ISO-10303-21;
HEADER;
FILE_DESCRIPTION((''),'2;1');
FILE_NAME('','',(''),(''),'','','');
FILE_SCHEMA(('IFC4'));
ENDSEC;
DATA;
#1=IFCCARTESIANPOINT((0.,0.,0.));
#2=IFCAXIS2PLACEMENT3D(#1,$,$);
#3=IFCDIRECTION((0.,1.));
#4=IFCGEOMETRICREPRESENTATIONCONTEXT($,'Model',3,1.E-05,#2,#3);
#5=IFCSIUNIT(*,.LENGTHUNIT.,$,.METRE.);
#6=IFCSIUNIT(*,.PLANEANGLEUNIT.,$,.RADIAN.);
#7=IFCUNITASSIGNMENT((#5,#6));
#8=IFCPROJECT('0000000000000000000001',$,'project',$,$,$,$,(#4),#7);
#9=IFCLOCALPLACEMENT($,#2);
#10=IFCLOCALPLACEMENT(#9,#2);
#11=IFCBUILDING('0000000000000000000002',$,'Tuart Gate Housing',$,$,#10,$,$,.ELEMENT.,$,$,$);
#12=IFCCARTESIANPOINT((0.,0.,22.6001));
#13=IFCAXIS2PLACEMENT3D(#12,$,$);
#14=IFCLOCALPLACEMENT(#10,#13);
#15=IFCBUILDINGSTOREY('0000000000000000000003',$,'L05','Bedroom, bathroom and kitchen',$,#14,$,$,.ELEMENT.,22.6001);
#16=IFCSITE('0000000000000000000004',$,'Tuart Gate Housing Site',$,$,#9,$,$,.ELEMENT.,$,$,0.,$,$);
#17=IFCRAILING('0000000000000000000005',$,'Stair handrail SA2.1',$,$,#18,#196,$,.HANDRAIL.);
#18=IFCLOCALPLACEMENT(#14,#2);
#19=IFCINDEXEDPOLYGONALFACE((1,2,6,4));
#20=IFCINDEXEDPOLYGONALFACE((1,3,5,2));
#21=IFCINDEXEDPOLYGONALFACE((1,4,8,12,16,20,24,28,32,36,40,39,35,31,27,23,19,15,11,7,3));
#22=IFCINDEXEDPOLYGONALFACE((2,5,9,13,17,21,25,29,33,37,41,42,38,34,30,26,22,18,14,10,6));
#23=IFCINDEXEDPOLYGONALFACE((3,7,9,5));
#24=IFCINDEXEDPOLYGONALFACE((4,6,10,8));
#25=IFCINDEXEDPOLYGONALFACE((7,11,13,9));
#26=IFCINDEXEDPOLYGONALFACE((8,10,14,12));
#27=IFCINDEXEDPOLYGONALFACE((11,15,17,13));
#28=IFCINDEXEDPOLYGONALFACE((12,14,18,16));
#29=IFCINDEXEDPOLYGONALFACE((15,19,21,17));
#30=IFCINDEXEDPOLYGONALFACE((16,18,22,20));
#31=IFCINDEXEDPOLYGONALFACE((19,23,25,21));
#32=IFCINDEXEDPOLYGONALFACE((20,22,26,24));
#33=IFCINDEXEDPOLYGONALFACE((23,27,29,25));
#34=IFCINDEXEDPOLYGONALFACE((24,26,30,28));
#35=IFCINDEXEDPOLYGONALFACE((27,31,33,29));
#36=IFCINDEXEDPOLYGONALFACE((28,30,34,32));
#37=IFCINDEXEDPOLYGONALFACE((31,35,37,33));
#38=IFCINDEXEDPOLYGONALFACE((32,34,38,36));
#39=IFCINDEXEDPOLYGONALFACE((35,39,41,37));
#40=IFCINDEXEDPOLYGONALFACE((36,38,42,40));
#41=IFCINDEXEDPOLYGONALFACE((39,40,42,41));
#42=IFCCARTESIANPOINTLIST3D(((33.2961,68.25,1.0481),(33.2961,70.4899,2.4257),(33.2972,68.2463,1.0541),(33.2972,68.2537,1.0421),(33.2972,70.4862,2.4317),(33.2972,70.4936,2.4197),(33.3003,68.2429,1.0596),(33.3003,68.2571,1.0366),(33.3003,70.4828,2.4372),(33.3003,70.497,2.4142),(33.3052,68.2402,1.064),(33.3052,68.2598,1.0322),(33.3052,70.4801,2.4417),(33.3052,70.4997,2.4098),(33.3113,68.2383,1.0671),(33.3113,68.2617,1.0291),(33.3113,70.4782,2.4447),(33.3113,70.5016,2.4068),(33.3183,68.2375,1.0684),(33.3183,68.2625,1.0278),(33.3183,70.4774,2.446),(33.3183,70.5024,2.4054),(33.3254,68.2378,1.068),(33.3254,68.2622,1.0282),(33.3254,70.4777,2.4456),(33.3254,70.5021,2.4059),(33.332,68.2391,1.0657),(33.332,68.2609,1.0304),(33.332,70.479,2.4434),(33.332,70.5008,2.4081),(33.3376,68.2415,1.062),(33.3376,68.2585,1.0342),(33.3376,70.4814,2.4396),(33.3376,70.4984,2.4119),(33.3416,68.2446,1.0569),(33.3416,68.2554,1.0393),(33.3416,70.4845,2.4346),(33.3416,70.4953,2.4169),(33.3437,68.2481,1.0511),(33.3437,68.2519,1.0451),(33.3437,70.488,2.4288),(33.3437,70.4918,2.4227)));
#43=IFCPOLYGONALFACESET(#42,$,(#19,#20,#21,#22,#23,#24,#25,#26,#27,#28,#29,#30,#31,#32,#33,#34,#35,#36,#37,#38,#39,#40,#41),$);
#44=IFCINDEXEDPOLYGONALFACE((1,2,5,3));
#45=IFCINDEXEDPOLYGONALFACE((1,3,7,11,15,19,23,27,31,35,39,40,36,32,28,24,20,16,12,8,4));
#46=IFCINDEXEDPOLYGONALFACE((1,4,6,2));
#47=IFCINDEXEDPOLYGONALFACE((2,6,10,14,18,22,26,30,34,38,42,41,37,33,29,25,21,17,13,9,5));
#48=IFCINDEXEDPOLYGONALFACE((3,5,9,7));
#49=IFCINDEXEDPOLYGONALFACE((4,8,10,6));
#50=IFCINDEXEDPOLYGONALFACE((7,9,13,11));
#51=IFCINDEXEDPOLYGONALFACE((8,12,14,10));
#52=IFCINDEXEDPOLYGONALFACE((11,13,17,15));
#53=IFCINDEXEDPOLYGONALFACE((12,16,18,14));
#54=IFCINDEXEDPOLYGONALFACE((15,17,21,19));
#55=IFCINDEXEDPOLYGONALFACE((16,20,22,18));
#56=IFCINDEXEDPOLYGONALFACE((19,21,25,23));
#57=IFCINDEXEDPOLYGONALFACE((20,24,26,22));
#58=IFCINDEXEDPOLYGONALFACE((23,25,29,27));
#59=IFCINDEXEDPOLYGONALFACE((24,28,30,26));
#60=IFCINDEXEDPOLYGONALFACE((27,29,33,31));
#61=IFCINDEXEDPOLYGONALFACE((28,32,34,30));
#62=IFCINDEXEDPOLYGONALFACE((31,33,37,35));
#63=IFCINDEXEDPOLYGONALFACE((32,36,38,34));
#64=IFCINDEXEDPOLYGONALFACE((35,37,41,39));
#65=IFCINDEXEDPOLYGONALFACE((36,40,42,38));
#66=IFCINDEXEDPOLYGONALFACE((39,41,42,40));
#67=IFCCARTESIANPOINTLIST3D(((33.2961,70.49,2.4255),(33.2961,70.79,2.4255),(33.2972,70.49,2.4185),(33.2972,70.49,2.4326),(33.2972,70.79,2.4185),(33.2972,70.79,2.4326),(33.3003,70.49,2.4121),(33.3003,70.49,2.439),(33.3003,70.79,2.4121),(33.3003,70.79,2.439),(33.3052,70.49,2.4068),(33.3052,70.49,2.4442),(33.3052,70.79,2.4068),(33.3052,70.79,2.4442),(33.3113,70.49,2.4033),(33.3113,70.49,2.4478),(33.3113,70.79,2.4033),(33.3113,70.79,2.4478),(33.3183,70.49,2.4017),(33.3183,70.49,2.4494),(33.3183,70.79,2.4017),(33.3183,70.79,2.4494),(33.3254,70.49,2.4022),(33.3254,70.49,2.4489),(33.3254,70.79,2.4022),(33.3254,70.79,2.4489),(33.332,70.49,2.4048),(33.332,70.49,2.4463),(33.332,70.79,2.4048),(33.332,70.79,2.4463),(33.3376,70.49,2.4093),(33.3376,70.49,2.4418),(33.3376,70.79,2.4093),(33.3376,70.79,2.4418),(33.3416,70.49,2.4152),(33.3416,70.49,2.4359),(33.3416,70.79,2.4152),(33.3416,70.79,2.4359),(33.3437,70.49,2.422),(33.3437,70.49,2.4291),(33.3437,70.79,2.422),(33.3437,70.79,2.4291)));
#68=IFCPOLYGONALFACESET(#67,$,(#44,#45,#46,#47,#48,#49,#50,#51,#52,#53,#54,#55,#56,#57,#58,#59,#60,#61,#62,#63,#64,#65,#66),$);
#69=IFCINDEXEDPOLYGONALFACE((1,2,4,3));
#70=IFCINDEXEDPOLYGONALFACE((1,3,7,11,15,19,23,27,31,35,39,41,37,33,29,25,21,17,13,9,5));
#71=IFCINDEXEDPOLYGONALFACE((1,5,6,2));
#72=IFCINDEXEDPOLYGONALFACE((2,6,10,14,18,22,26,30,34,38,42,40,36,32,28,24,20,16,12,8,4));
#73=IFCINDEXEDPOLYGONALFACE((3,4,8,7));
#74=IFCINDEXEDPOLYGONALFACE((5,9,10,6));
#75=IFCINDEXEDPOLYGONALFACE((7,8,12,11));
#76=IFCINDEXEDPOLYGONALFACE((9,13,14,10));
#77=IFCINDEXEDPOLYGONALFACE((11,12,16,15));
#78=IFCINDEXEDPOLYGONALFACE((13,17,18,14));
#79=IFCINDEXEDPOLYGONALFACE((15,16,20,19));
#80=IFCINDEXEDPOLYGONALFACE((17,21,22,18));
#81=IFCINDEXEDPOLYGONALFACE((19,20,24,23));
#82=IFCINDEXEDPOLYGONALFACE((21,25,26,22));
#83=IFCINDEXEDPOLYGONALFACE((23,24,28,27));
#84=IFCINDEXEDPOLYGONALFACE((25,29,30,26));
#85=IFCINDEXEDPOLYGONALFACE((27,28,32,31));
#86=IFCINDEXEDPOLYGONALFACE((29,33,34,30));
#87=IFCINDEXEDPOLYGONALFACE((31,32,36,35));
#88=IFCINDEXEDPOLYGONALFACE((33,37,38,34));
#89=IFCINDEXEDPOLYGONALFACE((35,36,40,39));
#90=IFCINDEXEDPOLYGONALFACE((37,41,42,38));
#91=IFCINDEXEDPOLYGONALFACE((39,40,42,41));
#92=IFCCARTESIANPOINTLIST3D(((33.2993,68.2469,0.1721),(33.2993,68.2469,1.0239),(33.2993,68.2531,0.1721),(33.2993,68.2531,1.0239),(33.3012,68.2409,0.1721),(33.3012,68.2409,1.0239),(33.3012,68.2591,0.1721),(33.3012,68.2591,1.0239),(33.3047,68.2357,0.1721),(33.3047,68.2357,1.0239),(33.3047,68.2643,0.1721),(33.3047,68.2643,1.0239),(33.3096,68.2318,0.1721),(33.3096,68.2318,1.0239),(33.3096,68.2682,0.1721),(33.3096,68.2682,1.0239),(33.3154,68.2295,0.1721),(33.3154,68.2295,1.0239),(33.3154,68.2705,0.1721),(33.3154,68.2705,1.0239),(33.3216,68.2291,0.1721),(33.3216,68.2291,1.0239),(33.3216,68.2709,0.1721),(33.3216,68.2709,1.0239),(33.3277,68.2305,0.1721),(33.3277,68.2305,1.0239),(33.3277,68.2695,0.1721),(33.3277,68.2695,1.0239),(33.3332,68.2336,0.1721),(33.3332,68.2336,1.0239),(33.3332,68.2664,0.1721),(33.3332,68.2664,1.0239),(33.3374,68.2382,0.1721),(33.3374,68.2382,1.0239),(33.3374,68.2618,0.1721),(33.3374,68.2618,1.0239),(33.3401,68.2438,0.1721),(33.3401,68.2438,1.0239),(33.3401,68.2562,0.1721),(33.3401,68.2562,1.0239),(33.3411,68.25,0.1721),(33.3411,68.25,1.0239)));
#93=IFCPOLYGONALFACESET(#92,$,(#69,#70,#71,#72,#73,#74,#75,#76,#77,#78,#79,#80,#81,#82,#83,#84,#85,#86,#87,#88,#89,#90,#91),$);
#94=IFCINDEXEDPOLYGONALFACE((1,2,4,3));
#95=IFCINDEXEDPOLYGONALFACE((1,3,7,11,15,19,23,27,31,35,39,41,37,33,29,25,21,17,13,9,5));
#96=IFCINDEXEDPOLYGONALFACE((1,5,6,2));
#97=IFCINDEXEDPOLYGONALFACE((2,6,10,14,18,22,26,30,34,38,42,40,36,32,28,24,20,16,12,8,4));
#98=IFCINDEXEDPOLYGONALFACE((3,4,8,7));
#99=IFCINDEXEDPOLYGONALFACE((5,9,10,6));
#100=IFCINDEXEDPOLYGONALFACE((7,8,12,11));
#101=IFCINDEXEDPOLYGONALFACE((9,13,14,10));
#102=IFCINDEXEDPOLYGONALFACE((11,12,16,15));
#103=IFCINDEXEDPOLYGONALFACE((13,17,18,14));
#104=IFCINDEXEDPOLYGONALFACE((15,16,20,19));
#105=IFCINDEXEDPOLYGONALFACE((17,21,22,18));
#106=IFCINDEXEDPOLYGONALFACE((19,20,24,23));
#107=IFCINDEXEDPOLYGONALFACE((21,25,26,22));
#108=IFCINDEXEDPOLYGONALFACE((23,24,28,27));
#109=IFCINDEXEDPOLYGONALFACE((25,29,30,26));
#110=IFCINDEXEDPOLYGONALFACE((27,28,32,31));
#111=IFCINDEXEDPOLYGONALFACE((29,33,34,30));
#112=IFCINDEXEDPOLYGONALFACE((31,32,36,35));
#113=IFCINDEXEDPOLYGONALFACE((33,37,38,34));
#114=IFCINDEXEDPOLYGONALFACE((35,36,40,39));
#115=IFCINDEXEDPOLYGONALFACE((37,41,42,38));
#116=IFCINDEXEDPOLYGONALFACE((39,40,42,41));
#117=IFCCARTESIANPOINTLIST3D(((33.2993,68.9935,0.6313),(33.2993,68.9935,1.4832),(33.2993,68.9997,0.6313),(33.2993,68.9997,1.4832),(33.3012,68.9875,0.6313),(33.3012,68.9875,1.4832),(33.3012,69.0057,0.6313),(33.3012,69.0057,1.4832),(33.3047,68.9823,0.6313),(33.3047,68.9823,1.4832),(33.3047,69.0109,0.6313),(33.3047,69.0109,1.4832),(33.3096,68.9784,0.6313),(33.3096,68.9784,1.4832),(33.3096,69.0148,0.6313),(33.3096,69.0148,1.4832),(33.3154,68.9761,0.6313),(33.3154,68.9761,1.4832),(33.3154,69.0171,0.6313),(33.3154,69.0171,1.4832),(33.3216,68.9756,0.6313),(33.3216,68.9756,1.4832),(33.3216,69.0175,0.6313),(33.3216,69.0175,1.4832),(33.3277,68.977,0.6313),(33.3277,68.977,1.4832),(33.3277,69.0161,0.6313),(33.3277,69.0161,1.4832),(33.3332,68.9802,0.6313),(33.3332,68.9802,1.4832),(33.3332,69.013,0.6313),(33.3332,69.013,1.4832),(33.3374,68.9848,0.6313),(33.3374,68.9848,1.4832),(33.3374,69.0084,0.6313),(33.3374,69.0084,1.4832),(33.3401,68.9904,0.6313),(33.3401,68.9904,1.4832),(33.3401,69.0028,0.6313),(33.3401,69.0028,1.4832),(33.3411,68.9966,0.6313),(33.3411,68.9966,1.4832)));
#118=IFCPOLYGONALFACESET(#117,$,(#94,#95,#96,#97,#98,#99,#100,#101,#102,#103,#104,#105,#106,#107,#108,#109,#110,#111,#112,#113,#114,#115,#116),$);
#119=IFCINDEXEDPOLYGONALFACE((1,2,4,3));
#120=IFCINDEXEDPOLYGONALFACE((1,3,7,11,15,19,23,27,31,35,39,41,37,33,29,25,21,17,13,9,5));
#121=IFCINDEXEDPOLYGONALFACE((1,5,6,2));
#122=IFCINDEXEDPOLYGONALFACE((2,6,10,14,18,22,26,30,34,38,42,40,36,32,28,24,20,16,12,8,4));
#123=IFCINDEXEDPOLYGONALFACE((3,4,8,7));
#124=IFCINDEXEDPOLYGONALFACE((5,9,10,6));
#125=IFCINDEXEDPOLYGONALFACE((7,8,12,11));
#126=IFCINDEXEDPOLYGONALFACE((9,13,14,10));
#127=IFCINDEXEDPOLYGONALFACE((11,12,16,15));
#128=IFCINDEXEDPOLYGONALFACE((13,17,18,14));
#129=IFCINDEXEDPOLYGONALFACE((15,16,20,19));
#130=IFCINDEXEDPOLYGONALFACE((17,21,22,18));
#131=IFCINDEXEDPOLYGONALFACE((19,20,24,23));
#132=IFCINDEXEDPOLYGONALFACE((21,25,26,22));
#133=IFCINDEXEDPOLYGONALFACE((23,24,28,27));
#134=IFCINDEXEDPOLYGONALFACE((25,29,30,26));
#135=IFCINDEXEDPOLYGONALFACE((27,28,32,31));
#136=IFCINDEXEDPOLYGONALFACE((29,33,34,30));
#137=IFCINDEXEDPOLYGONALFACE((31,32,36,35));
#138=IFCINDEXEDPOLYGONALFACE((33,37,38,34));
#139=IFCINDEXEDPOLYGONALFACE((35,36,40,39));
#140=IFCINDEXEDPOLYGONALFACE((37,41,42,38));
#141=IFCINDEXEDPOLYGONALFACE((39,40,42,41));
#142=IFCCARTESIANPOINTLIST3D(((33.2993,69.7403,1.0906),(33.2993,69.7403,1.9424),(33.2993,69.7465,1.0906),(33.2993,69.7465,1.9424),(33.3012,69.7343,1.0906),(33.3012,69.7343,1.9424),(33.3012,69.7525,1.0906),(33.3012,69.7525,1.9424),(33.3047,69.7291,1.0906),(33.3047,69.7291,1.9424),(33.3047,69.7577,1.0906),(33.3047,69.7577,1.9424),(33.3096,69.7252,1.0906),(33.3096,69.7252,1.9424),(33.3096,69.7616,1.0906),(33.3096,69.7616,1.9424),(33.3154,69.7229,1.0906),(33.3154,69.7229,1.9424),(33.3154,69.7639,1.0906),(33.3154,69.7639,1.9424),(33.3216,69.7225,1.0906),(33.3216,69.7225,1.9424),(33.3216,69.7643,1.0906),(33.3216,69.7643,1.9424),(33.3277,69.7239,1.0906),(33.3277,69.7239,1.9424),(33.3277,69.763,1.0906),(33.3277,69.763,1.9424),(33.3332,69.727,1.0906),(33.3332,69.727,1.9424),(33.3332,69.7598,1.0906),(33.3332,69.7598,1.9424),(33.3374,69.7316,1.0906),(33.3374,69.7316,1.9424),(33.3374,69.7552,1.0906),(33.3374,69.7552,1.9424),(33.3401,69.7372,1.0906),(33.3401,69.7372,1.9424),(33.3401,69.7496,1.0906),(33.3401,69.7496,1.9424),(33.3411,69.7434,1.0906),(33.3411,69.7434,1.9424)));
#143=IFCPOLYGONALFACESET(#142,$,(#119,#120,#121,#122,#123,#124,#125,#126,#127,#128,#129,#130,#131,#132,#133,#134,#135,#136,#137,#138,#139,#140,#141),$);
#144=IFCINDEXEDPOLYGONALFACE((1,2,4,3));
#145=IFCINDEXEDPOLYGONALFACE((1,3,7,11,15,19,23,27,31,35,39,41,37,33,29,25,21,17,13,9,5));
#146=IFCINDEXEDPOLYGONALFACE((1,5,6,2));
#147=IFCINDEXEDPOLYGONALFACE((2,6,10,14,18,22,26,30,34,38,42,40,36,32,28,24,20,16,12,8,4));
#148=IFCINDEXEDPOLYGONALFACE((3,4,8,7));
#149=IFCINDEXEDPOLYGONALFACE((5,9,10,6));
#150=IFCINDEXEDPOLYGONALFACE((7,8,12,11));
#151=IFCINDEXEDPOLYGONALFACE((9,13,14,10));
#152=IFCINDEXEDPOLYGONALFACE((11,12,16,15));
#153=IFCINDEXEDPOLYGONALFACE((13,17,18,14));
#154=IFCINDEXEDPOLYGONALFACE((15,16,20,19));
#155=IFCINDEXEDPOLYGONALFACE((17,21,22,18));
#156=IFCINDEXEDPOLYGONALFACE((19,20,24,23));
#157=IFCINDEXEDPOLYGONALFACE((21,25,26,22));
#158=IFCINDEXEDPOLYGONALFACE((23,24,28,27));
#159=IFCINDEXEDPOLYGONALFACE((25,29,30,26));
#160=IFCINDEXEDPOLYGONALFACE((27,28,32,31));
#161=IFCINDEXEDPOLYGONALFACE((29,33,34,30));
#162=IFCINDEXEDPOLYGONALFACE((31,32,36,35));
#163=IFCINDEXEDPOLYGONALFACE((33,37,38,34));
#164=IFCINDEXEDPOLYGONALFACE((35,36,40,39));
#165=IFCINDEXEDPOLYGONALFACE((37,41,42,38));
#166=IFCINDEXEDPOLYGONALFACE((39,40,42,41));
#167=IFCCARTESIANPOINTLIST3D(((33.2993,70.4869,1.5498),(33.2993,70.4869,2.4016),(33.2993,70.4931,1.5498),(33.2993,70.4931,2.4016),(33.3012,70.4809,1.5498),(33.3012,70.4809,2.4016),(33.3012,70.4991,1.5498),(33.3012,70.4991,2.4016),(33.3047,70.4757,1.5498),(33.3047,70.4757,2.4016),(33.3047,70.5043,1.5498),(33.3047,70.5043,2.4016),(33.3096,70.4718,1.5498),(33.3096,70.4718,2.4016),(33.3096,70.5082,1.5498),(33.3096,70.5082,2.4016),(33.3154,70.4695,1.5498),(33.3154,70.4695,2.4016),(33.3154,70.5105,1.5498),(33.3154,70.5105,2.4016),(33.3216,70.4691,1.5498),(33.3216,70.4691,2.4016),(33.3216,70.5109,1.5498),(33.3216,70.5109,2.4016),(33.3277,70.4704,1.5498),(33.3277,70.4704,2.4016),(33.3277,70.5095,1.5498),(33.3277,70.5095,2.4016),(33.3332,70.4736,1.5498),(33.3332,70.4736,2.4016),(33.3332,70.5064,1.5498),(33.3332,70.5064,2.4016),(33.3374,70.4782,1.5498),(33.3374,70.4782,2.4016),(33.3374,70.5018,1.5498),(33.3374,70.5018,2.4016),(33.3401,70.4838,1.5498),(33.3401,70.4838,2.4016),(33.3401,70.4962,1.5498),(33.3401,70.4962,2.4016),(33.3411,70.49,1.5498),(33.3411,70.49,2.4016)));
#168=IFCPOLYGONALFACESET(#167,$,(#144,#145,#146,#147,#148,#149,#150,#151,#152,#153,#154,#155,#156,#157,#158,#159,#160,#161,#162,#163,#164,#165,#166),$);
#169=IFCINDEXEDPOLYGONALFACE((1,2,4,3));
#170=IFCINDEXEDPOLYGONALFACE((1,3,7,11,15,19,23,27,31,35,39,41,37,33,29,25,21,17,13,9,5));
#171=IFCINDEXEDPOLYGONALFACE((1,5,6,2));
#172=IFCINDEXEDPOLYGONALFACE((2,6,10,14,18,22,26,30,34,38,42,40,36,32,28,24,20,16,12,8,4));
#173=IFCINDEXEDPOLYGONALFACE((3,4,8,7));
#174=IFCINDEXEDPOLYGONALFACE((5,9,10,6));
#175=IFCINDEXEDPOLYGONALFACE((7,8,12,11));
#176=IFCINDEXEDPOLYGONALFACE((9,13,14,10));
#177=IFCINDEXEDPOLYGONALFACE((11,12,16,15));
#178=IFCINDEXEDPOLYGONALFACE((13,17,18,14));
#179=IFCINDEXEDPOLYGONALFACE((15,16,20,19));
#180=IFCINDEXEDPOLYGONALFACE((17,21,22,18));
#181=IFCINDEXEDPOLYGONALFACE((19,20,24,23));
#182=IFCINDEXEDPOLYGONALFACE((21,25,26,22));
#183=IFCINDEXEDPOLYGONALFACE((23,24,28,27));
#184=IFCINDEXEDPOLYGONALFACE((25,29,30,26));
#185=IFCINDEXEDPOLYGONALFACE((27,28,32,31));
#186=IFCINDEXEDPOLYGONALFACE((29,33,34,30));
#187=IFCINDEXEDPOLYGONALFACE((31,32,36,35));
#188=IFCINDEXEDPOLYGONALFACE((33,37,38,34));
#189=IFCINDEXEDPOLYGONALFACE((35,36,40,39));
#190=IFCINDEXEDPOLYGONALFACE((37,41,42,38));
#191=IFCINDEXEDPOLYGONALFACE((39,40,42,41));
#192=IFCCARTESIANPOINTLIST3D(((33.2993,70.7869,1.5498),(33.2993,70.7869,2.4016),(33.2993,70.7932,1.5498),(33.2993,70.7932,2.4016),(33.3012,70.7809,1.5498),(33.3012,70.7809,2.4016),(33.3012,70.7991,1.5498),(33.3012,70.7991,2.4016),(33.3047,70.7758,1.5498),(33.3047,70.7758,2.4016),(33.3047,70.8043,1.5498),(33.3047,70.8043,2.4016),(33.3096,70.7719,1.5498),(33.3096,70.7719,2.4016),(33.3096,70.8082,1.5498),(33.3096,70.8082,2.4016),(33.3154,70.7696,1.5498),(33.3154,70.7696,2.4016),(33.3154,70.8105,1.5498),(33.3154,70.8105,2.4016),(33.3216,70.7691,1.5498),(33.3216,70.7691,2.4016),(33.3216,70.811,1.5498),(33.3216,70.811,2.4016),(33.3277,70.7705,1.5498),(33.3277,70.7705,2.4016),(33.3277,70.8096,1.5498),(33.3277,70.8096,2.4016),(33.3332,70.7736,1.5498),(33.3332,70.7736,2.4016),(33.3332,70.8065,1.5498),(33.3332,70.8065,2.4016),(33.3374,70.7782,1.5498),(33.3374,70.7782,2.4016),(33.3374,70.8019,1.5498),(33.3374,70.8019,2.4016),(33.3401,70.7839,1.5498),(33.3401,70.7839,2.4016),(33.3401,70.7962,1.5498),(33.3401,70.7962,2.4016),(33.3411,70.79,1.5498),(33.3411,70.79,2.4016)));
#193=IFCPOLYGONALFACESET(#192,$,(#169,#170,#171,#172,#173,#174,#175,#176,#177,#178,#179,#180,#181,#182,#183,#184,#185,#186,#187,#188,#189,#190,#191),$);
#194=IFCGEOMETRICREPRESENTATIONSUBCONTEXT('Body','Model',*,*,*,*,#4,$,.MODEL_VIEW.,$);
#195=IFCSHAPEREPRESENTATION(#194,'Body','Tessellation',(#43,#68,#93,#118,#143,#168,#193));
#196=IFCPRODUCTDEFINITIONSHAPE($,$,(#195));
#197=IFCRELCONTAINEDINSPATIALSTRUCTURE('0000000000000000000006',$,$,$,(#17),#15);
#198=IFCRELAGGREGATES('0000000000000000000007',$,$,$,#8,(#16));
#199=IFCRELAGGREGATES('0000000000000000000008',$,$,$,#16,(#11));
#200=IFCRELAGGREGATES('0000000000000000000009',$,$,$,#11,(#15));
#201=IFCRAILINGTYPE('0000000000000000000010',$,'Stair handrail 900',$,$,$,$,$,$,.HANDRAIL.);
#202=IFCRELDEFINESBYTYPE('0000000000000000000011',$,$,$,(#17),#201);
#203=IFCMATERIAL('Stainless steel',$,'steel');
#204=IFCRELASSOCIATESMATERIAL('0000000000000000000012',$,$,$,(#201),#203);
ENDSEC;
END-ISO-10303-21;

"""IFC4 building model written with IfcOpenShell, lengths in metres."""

from ifc_helpers import new_model, si_unit, direction, frame, origin, origin_2d, place, context, subcontext, project, spatial, circle, extrude, material, type_object, element, save


model = new_model("IFC4")

# Units and contexts
model_context = context("Model", 3, precision=1e-05, world=origin(), true_north=direction((0.0, 1.0)))
body_context = subcontext(model_context, "Body", "Model", "MODEL_VIEW")
ifc_project = project(units=[si_unit("LENGTHUNIT", "METRE"), si_unit("PLANEANGLEUNIT", "RADIAN")], contexts=[model_context])

# Site, building, storey
site_placement = place(None, origin())
site = spatial("IfcSite", under=ifc_project, at=site_placement, Name="Tuart Gate Housing Site", CompositionType="ELEMENT", RefElevation=0.0)
building_placement = place(site_placement, origin())
building = spatial("IfcBuilding", under=site, at=building_placement, Name="Tuart Gate Housing", CompositionType="ELEMENT")
storey_placement = place(building_placement, frame((0.0, 0.0, 22.6001)))
storey = spatial("IfcBuildingStorey", under=building, at=storey_placement, Name="L05", Description="Bedroom, bathroom and kitchen", CompositionType="ELEMENT", Elevation=22.6001)

# Railing
ifc_material_1 = material(Name="Stainless steel", Category="steel")
railing_type = type_object("IfcRailingType", Name="Stair handrail 900", PredefinedType="HANDRAIL", material=ifc_material_1)
railing_placement = place(storey_placement, frame((33.3201, 68.25, 0.1721)))
element("IfcRailing", 1, at=railing_placement, inside=storey, type_object=railing_type, Name="Stair handrail SA2.1", PredefinedType="HANDRAIL", context=body_context, shape_type="SweptSolid", body=[
    extrude(circle(Radius=0.0239, at=origin_2d()), frame((0.0, 0.0, 0.876), z_axis=(0.0, 0.851789, 0.523885), x_axis=(-1.0, 0.0, 0.0)), (0.0, 0.0, 1.0), 2.6296),
    extrude(circle(Radius=0.0239, at=origin_2d()), frame((0.0, 2.24, 2.2534), z_axis=(0.0, 1.0, 0.0), x_axis=(-1.0, 0.0, 0.0)), (0.0, 0.0, 1.0), 0.3),
    extrude(circle(Radius=0.021, at=origin_2d()), origin(), (0.0, 0.0, 1.0), 0.8518),
    extrude(circle(Radius=0.021, at=origin_2d()), frame((0.0, 0.7466, 0.4592)), (0.0, 0.0, 1.0), 0.8518),
    extrude(circle(Radius=0.021, at=origin_2d()), frame((0.0, 1.4934, 0.9185)), (0.0, 0.0, 1.0), 0.8518),
    extrude(circle(Radius=0.021, at=origin_2d()), frame((0.0, 2.24, 1.3777)), (0.0, 0.0, 1.0), 0.8518),
    extrude(circle(Radius=0.021, at=origin_2d()), frame((0.0, 2.54, 1.3777)), (0.0, 0.0, 1.0), 0.8518),
])

save(model, "model.ifc")
